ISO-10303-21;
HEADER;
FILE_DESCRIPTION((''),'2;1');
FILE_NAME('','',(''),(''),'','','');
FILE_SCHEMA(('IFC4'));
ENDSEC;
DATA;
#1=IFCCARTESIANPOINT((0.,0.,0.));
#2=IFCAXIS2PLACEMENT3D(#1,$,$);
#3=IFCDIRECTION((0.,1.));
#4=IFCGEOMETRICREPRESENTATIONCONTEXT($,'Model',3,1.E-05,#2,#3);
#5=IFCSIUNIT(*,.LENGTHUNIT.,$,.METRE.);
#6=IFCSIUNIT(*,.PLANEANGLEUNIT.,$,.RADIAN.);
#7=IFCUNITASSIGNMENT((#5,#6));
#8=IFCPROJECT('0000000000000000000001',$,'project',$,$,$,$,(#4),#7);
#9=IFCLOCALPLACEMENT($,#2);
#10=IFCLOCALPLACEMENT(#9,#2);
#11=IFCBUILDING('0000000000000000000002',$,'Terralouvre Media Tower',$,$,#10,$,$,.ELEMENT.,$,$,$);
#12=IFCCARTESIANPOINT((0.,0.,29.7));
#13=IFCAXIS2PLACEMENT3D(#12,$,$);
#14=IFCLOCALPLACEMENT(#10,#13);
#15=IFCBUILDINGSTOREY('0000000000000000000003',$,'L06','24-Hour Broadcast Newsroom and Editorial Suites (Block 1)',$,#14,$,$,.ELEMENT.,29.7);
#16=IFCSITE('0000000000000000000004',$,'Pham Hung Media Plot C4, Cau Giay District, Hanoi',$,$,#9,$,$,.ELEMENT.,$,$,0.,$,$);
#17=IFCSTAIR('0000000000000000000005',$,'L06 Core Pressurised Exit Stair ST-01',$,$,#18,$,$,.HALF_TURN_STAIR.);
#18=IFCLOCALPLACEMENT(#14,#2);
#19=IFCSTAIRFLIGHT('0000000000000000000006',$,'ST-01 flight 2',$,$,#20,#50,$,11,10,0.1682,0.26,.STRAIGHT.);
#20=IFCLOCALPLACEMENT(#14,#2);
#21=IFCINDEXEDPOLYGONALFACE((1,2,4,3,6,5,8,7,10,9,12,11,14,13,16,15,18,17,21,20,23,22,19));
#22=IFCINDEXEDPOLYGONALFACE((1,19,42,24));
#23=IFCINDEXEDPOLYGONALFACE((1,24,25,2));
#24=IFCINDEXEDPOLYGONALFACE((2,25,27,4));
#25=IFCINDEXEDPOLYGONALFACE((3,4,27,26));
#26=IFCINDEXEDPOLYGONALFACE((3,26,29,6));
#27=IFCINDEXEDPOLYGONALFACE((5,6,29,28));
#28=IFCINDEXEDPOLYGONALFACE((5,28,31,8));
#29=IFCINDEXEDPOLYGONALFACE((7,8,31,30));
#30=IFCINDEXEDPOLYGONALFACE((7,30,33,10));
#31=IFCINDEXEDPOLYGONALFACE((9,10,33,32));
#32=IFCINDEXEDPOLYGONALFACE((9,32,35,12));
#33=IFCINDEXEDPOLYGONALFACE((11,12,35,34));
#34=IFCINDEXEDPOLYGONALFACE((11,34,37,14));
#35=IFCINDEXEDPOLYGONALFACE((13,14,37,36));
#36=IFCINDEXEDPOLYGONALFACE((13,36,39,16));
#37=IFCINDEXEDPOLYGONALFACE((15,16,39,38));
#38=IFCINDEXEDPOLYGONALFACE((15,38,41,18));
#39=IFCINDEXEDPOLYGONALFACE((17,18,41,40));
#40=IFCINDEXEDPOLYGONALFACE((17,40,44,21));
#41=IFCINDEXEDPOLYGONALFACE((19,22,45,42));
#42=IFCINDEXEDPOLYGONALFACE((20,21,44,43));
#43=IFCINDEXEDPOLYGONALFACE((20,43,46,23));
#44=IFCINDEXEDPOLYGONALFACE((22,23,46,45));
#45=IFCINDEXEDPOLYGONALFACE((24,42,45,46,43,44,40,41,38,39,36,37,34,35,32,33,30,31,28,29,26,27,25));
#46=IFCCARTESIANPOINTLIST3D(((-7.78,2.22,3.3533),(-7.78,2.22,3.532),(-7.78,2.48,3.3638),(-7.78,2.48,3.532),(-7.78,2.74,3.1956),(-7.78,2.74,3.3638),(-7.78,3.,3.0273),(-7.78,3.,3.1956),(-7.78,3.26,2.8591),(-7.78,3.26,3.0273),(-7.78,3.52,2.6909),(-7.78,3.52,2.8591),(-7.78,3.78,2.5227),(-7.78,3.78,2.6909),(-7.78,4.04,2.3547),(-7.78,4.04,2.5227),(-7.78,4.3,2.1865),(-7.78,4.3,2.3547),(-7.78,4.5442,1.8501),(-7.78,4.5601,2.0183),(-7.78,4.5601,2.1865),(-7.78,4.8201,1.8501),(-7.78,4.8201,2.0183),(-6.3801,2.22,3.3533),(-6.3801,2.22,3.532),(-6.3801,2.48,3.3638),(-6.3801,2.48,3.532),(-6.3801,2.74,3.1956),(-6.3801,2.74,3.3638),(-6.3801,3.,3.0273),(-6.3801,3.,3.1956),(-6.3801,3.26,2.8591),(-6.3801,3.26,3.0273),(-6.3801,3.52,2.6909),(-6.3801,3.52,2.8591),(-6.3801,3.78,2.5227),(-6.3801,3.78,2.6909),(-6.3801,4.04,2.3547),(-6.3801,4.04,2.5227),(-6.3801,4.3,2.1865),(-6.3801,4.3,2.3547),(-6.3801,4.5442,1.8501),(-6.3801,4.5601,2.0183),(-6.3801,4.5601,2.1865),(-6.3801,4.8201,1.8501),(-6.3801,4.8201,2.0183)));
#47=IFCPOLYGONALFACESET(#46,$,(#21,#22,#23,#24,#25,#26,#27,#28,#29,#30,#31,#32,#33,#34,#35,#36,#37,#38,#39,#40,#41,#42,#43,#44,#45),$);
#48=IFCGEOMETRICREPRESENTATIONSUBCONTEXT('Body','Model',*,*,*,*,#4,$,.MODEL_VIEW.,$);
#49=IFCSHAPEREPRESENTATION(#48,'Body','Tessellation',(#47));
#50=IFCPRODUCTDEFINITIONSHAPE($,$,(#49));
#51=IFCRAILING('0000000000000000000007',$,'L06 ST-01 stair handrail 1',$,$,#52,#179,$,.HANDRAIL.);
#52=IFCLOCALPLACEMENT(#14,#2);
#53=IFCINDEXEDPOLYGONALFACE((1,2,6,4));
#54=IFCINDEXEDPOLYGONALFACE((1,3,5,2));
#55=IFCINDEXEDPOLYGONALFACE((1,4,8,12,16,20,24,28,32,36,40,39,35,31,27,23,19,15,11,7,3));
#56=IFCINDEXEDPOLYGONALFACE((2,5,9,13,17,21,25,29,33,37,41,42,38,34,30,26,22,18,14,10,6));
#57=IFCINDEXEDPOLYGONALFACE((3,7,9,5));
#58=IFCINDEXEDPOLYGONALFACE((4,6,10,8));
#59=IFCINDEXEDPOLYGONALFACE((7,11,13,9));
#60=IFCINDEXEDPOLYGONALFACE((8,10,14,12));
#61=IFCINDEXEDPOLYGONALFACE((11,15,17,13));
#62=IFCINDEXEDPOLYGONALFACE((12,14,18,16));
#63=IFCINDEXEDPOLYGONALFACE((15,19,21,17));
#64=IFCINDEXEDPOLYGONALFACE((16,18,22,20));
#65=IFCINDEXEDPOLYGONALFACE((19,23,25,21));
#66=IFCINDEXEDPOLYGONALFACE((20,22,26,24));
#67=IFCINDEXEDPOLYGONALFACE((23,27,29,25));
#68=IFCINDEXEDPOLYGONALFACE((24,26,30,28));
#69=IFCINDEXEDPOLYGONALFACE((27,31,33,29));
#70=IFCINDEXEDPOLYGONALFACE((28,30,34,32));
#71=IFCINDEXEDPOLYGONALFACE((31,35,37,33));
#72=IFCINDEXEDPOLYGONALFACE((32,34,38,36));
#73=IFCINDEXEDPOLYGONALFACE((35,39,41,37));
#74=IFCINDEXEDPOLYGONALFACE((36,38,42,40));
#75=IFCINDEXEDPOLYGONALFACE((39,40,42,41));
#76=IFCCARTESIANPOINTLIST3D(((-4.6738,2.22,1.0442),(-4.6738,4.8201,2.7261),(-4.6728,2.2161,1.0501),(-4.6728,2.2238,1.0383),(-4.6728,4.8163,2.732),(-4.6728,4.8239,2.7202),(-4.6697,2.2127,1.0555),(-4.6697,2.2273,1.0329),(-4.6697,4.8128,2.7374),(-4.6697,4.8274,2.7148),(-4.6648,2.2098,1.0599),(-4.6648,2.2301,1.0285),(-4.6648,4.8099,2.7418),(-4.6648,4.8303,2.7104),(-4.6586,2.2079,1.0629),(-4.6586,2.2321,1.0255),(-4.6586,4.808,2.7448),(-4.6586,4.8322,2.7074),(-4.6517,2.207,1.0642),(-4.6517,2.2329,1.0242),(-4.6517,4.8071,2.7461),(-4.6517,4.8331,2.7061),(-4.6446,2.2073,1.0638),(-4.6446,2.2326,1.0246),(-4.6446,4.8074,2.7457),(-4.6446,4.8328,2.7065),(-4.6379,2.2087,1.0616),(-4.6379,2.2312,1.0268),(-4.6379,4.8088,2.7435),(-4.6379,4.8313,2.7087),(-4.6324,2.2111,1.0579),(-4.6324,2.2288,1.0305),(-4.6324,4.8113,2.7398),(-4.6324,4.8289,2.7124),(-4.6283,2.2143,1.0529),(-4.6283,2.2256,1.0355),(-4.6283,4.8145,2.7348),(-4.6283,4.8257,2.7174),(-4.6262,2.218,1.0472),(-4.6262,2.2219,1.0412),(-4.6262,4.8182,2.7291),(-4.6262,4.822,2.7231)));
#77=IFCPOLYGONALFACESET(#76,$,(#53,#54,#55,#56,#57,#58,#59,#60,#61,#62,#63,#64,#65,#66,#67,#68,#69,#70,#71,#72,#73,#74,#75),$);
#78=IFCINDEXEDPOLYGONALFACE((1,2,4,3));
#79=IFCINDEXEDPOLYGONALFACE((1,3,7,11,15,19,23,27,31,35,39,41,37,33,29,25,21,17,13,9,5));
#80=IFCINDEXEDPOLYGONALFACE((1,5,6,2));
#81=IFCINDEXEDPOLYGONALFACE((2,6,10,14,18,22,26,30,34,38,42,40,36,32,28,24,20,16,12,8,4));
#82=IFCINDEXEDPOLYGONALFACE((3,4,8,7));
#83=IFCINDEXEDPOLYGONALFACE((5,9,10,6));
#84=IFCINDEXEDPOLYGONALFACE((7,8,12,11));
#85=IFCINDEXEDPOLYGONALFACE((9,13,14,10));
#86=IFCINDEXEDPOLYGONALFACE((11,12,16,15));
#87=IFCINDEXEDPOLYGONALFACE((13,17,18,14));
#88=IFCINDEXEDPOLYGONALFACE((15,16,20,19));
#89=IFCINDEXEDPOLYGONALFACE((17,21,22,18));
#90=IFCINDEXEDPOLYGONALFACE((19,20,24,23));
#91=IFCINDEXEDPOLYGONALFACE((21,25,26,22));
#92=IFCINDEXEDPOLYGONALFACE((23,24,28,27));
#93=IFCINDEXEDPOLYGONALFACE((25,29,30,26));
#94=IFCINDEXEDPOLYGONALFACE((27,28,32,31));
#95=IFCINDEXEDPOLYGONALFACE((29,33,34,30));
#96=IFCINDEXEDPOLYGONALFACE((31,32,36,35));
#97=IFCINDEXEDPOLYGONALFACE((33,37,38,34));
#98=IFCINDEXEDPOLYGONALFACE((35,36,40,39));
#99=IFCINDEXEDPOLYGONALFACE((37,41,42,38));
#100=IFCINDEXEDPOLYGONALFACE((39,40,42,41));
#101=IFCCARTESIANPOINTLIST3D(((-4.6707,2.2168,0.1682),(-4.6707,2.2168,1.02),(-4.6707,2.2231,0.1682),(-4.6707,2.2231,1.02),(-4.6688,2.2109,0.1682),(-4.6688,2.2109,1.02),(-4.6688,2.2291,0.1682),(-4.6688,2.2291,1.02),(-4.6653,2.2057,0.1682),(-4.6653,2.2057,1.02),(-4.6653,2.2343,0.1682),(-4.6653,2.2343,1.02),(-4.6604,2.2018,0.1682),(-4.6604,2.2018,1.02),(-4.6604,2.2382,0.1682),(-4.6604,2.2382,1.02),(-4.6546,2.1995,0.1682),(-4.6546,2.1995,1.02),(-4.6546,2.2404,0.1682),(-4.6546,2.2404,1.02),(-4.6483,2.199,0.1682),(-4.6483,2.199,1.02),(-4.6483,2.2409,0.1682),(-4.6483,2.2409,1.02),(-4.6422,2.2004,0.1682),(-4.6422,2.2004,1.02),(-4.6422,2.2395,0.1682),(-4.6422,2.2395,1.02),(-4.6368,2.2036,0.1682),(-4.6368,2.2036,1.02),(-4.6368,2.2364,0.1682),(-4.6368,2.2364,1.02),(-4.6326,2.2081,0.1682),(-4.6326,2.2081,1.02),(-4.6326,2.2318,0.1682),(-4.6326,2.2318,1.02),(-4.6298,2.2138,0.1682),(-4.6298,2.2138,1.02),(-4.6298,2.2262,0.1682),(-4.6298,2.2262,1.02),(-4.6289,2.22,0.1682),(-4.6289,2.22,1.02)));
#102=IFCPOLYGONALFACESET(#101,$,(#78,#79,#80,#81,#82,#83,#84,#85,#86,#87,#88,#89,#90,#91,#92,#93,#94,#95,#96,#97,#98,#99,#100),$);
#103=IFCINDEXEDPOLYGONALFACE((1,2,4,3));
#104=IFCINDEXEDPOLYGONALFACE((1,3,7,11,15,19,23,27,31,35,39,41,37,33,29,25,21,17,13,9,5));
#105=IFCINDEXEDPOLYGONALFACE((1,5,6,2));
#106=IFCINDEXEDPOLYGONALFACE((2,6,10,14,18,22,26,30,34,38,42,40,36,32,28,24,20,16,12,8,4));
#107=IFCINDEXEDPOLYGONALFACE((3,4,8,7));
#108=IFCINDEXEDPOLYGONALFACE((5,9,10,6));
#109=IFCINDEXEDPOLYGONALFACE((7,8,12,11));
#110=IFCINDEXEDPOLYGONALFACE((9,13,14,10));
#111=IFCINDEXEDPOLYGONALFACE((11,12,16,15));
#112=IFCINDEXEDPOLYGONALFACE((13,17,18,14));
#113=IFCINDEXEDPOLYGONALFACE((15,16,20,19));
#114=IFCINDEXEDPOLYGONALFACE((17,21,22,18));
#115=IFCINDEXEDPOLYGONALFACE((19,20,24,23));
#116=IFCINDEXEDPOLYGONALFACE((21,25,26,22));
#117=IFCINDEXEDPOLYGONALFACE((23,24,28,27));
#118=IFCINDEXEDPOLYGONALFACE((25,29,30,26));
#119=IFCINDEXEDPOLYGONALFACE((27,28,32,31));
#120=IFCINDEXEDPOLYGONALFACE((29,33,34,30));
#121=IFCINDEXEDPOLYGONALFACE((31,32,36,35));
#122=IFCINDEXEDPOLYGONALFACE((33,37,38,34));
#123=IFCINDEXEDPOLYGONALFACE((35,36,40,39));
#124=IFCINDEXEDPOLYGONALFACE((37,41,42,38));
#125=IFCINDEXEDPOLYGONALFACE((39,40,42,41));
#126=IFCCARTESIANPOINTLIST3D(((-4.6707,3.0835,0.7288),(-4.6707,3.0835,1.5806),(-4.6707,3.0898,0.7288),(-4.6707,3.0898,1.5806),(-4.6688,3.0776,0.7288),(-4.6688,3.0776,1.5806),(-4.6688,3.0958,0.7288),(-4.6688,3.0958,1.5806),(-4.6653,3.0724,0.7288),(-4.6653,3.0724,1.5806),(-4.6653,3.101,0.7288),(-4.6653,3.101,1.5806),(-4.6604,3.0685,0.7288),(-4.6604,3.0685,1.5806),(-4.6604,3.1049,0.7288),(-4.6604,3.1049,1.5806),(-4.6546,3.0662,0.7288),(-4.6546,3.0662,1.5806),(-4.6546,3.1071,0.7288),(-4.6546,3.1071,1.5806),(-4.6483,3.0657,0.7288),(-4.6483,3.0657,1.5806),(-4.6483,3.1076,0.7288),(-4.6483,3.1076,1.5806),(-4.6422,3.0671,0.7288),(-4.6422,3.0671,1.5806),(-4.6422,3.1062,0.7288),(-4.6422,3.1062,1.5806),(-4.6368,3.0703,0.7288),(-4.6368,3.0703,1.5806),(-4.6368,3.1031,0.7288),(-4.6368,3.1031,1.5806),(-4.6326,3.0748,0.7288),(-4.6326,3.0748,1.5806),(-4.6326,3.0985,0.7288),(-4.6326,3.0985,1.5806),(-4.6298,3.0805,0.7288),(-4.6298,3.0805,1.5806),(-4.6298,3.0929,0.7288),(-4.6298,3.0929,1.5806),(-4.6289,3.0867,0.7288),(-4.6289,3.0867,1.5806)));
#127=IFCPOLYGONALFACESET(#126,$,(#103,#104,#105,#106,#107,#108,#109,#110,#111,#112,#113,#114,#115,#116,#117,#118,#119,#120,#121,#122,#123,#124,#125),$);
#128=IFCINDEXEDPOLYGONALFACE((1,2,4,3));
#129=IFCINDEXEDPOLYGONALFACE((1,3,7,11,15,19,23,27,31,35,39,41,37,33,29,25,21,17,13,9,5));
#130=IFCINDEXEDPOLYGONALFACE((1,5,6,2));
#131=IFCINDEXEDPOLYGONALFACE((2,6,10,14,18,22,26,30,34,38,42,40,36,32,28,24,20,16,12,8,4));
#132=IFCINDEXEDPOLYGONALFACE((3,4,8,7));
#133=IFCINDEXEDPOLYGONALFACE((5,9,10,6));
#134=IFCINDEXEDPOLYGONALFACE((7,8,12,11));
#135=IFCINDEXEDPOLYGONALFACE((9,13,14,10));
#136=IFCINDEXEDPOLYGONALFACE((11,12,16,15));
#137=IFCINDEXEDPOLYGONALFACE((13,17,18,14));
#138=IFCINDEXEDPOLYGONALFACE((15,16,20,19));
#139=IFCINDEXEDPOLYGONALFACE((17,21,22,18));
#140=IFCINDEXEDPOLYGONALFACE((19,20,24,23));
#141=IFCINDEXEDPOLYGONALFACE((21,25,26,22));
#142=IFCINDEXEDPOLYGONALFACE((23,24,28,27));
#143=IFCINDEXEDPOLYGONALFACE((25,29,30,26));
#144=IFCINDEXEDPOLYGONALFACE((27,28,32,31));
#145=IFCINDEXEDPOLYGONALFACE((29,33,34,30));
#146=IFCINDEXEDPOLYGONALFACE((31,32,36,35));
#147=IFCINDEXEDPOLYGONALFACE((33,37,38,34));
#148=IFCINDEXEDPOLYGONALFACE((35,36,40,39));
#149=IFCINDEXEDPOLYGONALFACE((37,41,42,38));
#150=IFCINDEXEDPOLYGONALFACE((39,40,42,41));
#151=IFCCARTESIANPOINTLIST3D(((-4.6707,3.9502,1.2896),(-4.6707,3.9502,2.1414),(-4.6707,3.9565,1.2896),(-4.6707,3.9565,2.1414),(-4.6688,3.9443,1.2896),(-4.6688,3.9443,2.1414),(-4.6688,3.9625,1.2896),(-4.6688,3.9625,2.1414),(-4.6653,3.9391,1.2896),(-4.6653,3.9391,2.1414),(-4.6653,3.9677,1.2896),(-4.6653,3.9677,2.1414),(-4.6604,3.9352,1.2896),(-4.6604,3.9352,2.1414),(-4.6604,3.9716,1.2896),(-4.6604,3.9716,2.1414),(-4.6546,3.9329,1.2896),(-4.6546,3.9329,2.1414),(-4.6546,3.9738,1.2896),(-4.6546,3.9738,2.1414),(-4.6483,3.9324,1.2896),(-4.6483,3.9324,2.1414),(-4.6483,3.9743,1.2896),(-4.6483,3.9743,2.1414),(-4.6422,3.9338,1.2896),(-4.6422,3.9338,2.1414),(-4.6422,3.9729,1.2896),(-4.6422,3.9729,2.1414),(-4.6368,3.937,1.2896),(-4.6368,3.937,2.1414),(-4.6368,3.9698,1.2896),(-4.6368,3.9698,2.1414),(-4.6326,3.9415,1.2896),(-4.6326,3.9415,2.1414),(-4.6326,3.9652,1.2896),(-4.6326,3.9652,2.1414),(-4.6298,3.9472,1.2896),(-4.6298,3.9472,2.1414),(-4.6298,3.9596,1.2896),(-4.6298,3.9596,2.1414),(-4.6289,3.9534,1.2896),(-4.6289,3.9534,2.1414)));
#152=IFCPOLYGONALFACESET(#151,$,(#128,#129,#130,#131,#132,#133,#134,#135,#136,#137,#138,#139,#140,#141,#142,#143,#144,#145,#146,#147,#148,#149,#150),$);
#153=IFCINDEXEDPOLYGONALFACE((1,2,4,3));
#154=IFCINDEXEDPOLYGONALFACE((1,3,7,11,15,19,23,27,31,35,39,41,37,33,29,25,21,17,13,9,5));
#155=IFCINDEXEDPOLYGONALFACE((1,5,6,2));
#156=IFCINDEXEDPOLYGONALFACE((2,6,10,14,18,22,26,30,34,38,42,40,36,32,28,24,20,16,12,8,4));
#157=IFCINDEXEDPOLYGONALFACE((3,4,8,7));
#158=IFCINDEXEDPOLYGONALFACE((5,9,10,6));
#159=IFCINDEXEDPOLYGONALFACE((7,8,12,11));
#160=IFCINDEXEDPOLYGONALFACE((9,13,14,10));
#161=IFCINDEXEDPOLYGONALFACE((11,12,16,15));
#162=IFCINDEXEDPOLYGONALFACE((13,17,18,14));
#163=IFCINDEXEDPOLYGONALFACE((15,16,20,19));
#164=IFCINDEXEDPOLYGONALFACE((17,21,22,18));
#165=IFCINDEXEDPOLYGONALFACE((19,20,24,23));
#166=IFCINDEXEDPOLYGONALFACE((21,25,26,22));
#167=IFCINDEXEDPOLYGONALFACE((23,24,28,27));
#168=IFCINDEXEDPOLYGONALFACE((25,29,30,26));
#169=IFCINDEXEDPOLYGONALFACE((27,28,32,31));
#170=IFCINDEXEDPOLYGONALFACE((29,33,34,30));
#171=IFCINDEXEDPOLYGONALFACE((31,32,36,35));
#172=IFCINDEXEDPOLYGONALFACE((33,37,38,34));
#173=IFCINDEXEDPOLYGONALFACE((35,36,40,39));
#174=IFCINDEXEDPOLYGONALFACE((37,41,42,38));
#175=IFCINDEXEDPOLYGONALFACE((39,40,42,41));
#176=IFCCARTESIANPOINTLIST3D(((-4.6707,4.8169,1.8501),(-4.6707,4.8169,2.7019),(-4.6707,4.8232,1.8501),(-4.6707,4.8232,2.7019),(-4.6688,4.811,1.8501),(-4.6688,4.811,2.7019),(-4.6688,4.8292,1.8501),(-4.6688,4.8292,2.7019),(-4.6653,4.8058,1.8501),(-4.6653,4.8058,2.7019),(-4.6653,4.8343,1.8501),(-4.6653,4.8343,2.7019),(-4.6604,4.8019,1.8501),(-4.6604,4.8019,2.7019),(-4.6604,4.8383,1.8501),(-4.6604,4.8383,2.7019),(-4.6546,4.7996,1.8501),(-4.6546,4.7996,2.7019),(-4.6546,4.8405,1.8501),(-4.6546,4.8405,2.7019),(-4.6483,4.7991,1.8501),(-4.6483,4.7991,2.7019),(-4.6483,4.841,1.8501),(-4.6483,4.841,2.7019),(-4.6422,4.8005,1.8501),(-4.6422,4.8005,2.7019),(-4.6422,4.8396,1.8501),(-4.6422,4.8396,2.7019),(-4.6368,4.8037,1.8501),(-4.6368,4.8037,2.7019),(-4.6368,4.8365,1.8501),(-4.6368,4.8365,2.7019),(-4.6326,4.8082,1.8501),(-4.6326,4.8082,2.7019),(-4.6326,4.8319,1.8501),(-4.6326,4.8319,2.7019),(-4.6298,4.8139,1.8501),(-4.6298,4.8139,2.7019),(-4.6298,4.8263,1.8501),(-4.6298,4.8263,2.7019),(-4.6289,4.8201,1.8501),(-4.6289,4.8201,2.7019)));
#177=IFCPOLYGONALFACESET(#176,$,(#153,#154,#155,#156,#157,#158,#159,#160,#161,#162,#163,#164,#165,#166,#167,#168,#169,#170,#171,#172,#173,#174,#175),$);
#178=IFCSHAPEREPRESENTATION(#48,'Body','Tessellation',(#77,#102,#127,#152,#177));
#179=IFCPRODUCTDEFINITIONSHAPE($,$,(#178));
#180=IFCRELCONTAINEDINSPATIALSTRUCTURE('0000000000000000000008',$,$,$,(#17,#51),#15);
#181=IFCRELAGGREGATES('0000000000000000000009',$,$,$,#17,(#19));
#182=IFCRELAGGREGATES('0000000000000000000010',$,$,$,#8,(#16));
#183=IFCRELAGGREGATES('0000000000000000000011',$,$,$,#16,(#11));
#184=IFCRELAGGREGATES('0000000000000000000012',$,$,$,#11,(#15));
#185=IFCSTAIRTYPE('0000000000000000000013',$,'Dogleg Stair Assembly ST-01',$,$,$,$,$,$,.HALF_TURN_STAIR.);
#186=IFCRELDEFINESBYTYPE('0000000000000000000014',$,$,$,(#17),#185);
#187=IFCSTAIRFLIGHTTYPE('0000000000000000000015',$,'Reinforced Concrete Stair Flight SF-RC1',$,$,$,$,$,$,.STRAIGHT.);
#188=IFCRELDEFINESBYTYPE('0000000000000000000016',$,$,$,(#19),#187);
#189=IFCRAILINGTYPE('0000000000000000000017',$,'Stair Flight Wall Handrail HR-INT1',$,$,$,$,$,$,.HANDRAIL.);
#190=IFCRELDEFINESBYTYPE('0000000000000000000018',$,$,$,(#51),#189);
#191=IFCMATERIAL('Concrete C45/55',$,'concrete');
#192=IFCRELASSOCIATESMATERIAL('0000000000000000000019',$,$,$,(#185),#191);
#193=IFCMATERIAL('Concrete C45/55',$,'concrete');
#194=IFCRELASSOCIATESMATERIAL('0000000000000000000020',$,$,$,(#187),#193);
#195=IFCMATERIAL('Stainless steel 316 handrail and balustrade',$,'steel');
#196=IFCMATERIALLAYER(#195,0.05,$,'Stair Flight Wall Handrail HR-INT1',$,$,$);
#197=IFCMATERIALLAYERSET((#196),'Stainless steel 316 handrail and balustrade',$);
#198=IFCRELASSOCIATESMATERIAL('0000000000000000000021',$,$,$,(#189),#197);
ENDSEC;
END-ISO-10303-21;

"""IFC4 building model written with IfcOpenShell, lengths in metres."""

from ifc_helpers import new_model, si_unit, direction, frame, origin, origin_2d, place, context, subcontext, project, spatial, polyline, circle, outline, extrude, material, layer, layer_set, type_object, element, aggregate, save


model = new_model("IFC4")

# Units and contexts
model_context = context("Model", 3, precision=1e-05, world=origin(), true_north=direction((0.0, 1.0)))
body_context = subcontext(model_context, "Body", "Model", "MODEL_VIEW")
ifc_project = project(units=[si_unit("LENGTHUNIT", "METRE"), si_unit("PLANEANGLEUNIT", "RADIAN")], contexts=[model_context])

# Site, building, storey
site_placement = place(None, origin())
site = spatial("IfcSite", under=ifc_project, at=site_placement, Name="Pham Hung Media Plot C4, Cau Giay District, Hanoi", CompositionType="ELEMENT", RefElevation=0.0)
building_placement = place(site_placement, origin())
building = spatial("IfcBuilding", under=site, at=building_placement, Name="Terralouvre Media Tower", CompositionType="ELEMENT")
storey_placement = place(building_placement, frame((0.0, 0.0, 29.7)))
storey = spatial("IfcBuildingStorey", under=building, at=storey_placement, Name="L06", Description="24-Hour Broadcast Newsroom and Editorial Suites (Block 1)", CompositionType="ELEMENT", Elevation=29.7)

# Stair, stair flight
ifc_material_1 = material(Name="Concrete C45/55", Category="concrete")
stair_type = type_object("IfcStairType", Name="Dogleg Stair Assembly ST-01", PredefinedType="HALF_TURN_STAIR", material=ifc_material_1)
stair_placement = place(storey_placement, origin())
stair = element("IfcStair", 1, at=stair_placement, inside=storey, type_object=stair_type, Name="L06 Core Pressurised Exit Stair ST-01", PredefinedType="HALF_TURN_STAIR")
ifc_material_2 = material(Name="Concrete C45/55", Category="concrete")
stair_flight_type = type_object("IfcStairFlightType", Name="Reinforced Concrete Stair Flight SF-RC1", PredefinedType="STRAIGHT", material=ifc_material_2)
stair_flight_1_placement = place(storey_placement, frame((-7.0801, 4.8201, 1.8501), z_axis=(0.0, 0.0, 1.0), x_axis=(0.0, -1.0, 0.0)))
stair_flight_1 = element("IfcStairFlight", 2, at=stair_flight_1_placement, type_object=stair_flight_type, Name="ST-01 flight 2", NumberOfRisers=11, NumberOfTreads=10, PredefinedType="STRAIGHT", RiserHeight=0.1682, TreadLength=0.26, context=body_context, shape_type="SweptSolid", body=[
    extrude(outline(polyline([(0.0, 0.0), (0.0, 0.1682), (0.26, 0.1682), (0.26, 0.3364), (0.52, 0.3364), (0.52, 0.5046), (0.78, 0.5046), (0.78, 0.6726), (1.04, 0.6726), (1.04, 0.8408), (1.3, 0.8408), (1.3, 1.009), (1.5601, 1.009), (1.5601, 1.1772), (1.8201, 1.1772), (1.8201, 1.3455), (2.0801, 1.3455), (2.0801, 1.5137), (2.3401, 1.5137), (2.3401, 1.6819), (2.6001, 1.6819), (2.6001, 1.8501), (2.6001, 1.5032), (0.2759, 0.0), (0.0, 0.0)])), frame((0.0, 0.7, 0.0), z_axis=(0.0, -1.0, 0.0), x_axis=(1.0, 0.0, 0.0)), (0.0, 0.0, 1.0), 1.3999),
])
aggregate(stair, [stair_flight_1])

# Railing
ifc_material_3 = material(Name="Stainless steel 316 handrail and balustrade", Category="steel")
ifc_layer_1 = layer(ifc_material_3, 0.05, Name="Stair Flight Wall Handrail HR-INT1")
ifc_layer_set_1 = layer_set([ifc_layer_1], Name="Stainless steel 316 handrail and balustrade")
railing_type_1 = type_object("IfcRailingType", Name="Stair Flight Wall Handrail HR-INT1", PredefinedType="HANDRAIL", material=ifc_layer_set_1)
railing_1_placement = place(storey_placement, frame((-4.6499, 2.22, 0.1682)))
element("IfcRailing", 3, at=railing_1_placement, inside=storey, type_object=railing_type_1, Name="L06 ST-01 stair handrail 1", PredefinedType="HANDRAIL", context=body_context, shape_type="SweptSolid", body=[
    extrude(circle(Radius=0.0239, at=origin_2d()), frame((0.0, 0.0, 0.876), z_axis=(0.0, 0.839648, 0.54313), x_axis=(-1.0, 0.0, 0.0)), (0.0, 0.0, 1.0), 3.0967),
    extrude(circle(Radius=0.021, at=origin_2d()), origin(), (0.0, 0.0, 1.0), 0.8518),
    extrude(circle(Radius=0.021, at=origin_2d()), frame((0.0, 0.8667, 0.5605)), (0.0, 0.0, 1.0), 0.8518),
    extrude(circle(Radius=0.021, at=origin_2d()), frame((0.0, 1.7334, 1.1213)), (0.0, 0.0, 1.0), 0.8518),
    extrude(circle(Radius=0.021, at=origin_2d()), frame((0.0, 2.6001, 1.6819)), (0.0, 0.0, 1.0), 0.8518),
])

save(model, "model.ifc")
